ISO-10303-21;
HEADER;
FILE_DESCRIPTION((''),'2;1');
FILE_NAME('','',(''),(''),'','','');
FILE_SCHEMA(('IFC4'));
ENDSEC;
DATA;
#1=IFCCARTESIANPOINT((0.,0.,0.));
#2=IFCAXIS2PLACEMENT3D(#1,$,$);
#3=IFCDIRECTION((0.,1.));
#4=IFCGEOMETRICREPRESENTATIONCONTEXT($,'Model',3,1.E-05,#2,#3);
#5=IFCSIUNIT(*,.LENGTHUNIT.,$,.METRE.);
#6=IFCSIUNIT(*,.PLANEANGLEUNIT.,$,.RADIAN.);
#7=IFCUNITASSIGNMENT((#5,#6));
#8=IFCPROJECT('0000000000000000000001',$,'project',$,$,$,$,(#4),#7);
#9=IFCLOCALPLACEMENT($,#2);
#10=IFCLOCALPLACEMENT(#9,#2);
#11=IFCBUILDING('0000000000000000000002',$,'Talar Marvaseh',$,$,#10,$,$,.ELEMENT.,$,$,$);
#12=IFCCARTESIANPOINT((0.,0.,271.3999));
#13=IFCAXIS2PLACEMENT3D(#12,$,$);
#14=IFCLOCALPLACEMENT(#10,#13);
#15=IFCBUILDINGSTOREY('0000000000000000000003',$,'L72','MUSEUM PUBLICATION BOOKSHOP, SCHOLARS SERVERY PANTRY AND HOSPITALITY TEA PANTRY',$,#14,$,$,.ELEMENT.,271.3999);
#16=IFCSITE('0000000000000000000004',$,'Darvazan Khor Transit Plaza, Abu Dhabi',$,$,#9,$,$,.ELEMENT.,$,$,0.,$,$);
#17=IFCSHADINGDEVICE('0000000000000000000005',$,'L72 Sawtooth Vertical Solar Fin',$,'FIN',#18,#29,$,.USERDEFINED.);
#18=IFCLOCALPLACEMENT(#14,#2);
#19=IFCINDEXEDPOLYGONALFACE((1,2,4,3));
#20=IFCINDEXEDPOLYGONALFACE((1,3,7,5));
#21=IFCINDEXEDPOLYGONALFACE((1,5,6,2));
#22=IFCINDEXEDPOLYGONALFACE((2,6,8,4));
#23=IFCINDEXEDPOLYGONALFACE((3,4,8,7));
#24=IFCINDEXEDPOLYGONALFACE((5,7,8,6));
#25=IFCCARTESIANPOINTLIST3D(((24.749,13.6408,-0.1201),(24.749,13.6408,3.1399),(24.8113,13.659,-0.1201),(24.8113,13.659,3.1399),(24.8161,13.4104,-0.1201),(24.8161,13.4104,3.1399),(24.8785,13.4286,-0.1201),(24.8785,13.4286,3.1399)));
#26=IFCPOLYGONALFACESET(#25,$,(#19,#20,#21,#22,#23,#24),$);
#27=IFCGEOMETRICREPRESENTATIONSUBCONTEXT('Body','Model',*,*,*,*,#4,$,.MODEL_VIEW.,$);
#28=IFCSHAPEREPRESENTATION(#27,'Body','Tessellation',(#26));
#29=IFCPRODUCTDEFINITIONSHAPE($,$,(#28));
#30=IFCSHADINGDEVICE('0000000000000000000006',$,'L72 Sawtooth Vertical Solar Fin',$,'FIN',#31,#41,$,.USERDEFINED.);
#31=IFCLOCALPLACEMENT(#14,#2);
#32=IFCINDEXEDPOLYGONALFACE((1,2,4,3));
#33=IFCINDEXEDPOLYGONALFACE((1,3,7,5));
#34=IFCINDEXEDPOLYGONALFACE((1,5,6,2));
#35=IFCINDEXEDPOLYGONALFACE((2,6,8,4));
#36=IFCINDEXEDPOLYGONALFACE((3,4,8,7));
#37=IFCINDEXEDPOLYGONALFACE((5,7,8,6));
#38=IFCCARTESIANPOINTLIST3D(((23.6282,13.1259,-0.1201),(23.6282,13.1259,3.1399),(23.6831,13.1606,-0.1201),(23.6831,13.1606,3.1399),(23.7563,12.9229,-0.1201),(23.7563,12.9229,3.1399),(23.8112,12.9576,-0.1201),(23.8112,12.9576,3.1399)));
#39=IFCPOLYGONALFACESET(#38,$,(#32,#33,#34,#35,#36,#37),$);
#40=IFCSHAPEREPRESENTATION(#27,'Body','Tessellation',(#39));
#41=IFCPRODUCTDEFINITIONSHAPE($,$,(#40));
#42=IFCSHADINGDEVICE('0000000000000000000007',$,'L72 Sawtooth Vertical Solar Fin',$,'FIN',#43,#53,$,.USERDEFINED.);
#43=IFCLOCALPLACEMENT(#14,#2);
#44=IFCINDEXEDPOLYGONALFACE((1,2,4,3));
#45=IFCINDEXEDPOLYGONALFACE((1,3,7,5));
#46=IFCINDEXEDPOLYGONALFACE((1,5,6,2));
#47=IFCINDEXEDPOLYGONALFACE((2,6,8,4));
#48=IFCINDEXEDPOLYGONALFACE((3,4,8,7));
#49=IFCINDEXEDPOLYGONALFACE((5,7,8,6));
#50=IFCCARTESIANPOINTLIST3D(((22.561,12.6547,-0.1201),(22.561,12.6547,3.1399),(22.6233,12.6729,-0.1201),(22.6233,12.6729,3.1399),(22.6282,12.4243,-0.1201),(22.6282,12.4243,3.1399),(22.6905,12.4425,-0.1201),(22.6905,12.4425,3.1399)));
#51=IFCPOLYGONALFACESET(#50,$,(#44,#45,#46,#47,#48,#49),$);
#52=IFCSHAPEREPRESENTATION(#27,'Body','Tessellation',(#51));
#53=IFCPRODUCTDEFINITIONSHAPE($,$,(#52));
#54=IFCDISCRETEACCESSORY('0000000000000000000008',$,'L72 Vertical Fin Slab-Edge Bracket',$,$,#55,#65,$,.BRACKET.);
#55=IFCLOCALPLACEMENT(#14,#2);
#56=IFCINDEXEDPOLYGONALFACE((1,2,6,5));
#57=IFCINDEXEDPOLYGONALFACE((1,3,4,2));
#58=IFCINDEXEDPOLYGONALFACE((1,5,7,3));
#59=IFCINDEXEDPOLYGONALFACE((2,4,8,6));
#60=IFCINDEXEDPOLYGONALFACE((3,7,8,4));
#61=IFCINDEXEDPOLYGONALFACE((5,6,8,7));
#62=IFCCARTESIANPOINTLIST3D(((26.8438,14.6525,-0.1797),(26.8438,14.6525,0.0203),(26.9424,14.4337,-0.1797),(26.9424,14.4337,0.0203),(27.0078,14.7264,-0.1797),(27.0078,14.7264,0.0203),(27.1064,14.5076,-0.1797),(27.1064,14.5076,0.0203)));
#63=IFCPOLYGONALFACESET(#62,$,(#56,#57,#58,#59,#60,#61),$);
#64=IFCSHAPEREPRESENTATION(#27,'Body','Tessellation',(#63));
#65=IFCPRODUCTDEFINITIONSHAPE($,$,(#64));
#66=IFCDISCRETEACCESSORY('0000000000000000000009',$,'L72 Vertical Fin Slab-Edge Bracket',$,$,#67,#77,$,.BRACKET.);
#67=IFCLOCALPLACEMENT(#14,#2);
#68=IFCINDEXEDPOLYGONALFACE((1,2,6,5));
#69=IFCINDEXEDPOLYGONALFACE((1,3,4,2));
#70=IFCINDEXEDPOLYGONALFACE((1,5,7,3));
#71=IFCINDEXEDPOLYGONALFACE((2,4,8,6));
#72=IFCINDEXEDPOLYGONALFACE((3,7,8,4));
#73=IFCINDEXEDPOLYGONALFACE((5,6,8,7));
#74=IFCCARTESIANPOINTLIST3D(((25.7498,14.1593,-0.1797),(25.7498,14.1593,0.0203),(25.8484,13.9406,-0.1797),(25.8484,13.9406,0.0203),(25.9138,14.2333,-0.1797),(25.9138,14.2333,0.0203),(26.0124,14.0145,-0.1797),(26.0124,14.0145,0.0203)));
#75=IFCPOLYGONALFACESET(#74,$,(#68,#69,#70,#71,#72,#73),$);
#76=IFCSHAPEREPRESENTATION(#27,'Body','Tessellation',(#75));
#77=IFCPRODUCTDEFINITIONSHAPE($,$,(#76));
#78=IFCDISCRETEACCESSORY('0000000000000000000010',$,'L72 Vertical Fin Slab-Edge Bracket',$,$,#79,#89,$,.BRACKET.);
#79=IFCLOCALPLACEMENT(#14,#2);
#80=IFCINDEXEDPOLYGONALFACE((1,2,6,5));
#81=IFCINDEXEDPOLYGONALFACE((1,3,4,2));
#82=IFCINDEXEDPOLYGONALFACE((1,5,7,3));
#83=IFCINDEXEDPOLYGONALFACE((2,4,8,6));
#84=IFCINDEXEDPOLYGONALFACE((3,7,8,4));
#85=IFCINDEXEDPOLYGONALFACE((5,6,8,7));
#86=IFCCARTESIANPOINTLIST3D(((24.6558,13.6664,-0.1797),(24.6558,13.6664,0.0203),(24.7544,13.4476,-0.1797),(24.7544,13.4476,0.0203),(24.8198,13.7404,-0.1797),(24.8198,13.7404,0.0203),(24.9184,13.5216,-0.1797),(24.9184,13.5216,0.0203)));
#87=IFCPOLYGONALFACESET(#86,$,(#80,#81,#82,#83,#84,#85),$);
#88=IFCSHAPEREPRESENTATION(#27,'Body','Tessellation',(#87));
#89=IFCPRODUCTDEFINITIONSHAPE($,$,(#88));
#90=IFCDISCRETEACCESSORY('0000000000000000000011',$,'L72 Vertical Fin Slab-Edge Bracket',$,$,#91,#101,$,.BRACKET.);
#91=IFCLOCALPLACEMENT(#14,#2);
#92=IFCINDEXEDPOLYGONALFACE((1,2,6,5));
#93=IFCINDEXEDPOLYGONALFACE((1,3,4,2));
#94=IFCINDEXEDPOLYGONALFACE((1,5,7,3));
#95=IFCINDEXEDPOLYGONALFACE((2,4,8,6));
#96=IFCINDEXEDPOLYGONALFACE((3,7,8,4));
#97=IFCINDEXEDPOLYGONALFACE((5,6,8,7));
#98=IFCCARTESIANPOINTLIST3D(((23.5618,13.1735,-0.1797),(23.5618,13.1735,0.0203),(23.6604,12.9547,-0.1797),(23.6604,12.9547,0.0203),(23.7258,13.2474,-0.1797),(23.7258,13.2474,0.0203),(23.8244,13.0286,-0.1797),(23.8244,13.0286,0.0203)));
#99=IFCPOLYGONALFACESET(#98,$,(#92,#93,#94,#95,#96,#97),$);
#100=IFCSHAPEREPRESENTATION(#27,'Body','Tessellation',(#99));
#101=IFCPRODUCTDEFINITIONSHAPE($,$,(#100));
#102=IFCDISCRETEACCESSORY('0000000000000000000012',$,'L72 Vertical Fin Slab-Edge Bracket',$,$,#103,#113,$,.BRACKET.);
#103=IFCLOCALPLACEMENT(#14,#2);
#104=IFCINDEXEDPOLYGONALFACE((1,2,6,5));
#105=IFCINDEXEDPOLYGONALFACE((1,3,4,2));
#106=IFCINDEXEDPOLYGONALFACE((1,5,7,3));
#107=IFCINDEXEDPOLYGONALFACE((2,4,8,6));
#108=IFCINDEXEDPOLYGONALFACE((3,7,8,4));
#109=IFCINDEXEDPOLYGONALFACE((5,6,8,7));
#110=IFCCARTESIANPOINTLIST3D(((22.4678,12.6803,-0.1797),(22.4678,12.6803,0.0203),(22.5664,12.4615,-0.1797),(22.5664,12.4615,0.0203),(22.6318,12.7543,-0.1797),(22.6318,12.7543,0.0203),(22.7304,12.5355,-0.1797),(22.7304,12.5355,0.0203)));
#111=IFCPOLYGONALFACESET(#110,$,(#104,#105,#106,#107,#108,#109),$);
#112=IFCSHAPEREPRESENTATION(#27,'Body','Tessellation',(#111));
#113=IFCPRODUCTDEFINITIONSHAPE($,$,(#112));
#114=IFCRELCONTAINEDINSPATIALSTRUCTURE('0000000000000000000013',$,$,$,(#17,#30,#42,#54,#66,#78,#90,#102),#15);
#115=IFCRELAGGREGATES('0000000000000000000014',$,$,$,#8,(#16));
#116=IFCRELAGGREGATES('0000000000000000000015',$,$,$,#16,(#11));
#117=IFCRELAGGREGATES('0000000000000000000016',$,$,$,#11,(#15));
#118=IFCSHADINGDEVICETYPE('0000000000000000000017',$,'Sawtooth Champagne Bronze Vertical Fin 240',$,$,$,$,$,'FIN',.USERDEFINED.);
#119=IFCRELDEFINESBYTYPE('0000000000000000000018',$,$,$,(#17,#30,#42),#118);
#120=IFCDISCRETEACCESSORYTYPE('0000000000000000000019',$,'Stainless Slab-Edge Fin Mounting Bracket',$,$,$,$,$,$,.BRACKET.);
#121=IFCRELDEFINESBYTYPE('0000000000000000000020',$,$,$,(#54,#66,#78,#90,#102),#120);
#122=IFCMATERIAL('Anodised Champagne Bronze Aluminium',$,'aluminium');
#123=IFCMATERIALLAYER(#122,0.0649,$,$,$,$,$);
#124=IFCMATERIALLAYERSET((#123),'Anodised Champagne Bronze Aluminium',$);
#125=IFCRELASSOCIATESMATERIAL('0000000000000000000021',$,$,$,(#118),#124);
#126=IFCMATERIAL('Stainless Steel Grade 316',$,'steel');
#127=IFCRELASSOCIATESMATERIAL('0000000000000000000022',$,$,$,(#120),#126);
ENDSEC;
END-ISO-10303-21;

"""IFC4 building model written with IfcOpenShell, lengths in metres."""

from ifc_helpers import new_model, si_unit, direction, frame, origin, origin_2d, place, context, subcontext, project, spatial, rectangle, extrude, source, transform, mapped, material, layer, layer_set, type_object, type_shapes, element, save


model = new_model("IFC4")

# Units and contexts
model_context = context("Model", 3, precision=1e-05, world=origin(), true_north=direction((0.0, 1.0)))
body_context = subcontext(model_context, "Body", "Model", "MODEL_VIEW")
ifc_project = project(units=[si_unit("LENGTHUNIT", "METRE"), si_unit("PLANEANGLEUNIT", "RADIAN")], contexts=[model_context])

# Site, building, storey
site_placement = place(None, origin())
site = spatial("IfcSite", under=ifc_project, at=site_placement, Name="Darvazan Khor Transit Plaza, Abu Dhabi", CompositionType="ELEMENT", RefElevation=0.0)
building_placement = place(site_placement, origin())
building = spatial("IfcBuilding", under=site, at=building_placement, Name="Talar Marvaseh", CompositionType="ELEMENT")
storey_placement = place(building_placement, frame((0.0, 0.0, 271.3999)))
storey = spatial("IfcBuildingStorey", under=building, at=storey_placement, Name="L72", Description="MUSEUM PUBLICATION BOOKSHOP, SCHOLARS SERVERY PANTRY AND HOSPITALITY TEA PANTRY", CompositionType="ELEMENT", Elevation=271.3999)

# Shading devices
ifc_material_1 = material(Name="Anodised Champagne Bronze Aluminium", Category="aluminium")
ifc_layer_1 = layer(ifc_material_1, 0.0649)
ifc_layer_set_1 = layer_set([ifc_layer_1], Name="Anodised Champagne Bronze Aluminium")
shading_device_type = type_object("IfcShadingDeviceType", Name="Sawtooth Champagne Bronze Vertical Fin 240", ElementType="FIN", PredefinedType="USERDEFINED", material=ifc_layer_set_1)
shared_shape_1 = source(origin(), body_context, "Body", "SweptSolid", [
    extrude(rectangle(XDim=0.24, YDim=0.0649, at=origin_2d()), origin(), (0.0, 0.0, 1.0), 3.26),
])
type_shapes(shading_device_type, [shared_shape_1])
for number, where, z_axis, x_axis, name in (
    (1, (24.8137, 13.5347, -0.1201), (0.0, 0.0, 1.0), (0.279997, -0.960001, 0.0), "L72 Sawtooth Vertical Solar Fin"),
    (2, (23.7197, 13.0417, -0.1201), (0.0, 0.0, 1.0), (0.533762, -0.845635, 0.0), "L72 Sawtooth Vertical Solar Fin"),
    (3, (22.6257, 12.5486, -0.1201), (0.0, 0.0, 1.0), (0.279997, -0.960001, 0.0), "L72 Sawtooth Vertical Solar Fin"),
):
    element("IfcShadingDevice", number, at=place(storey_placement, frame(where, z_axis=z_axis, x_axis=x_axis)), inside=storey, type_object=shading_device_type, Name=name, ObjectType="FIN", PredefinedType="USERDEFINED", context=body_context, shape_type="MappedRepresentation", body=[
        mapped(shared_shape_1, transform((0.0, 0.0, 0.0), x_axis=(1.0, 0.0, 0.0), y_axis=(0.0, 1.0, 0.0), z_axis=(0.0, 0.0, 1.0), scale=1.0)),
    ])

# Discrete accessories
ifc_material_2 = material(Name="Stainless Steel Grade 316", Category="steel")
discrete_accessory_type = type_object("IfcDiscreteAccessoryType", Name="Stainless Slab-Edge Fin Mounting Bracket", PredefinedType="BRACKET", material=ifc_material_2)
shared_shape_2 = source(origin(), body_context, "Body", "SweptSolid", [
    extrude(rectangle(XDim=0.24, YDim=0.1799, at=origin_2d()), origin(), (0.0, 0.0, 1.0), 0.2),
])
type_shapes(discrete_accessory_type, [shared_shape_2])
for number, where, z_axis, x_axis, name in (
    (4, (26.9751, 14.5801, -0.1797), (0.0, 0.0, 1.0), (0.410878, -0.91169, 0.0), "L72 Vertical Fin Slab-Edge Bracket"),
    (5, (25.8811, 14.0869, -0.1797), (0.0, 0.0, 1.0), (0.410878, -0.91169, 0.0), "L72 Vertical Fin Slab-Edge Bracket"),
    (6, (24.7871, 13.594, -0.1797), (0.0, 0.0, 1.0), (0.410878, -0.91169, 0.0), "L72 Vertical Fin Slab-Edge Bracket"),
    (7, (23.6931, 13.1011, -0.1797), (0.0, 0.0, 1.0), (0.410878, -0.91169, 0.0), "L72 Vertical Fin Slab-Edge Bracket"),
    (8, (22.5991, 12.6079, -0.1797), (0.0, 0.0, 1.0), (0.410878, -0.91169, 0.0), "L72 Vertical Fin Slab-Edge Bracket"),
):
    element("IfcDiscreteAccessory", number, at=place(storey_placement, frame(where, z_axis=z_axis, x_axis=x_axis)), inside=storey, type_object=discrete_accessory_type, Name=name, PredefinedType="BRACKET", context=body_context, shape_type="MappedRepresentation", body=[
        mapped(shared_shape_2, transform((0.0, 0.0, 0.0), x_axis=(1.0, 0.0, 0.0), y_axis=(0.0, 1.0, 0.0), z_axis=(0.0, 0.0, 1.0), scale=1.0)),
    ])

save(model, "model.ifc")
